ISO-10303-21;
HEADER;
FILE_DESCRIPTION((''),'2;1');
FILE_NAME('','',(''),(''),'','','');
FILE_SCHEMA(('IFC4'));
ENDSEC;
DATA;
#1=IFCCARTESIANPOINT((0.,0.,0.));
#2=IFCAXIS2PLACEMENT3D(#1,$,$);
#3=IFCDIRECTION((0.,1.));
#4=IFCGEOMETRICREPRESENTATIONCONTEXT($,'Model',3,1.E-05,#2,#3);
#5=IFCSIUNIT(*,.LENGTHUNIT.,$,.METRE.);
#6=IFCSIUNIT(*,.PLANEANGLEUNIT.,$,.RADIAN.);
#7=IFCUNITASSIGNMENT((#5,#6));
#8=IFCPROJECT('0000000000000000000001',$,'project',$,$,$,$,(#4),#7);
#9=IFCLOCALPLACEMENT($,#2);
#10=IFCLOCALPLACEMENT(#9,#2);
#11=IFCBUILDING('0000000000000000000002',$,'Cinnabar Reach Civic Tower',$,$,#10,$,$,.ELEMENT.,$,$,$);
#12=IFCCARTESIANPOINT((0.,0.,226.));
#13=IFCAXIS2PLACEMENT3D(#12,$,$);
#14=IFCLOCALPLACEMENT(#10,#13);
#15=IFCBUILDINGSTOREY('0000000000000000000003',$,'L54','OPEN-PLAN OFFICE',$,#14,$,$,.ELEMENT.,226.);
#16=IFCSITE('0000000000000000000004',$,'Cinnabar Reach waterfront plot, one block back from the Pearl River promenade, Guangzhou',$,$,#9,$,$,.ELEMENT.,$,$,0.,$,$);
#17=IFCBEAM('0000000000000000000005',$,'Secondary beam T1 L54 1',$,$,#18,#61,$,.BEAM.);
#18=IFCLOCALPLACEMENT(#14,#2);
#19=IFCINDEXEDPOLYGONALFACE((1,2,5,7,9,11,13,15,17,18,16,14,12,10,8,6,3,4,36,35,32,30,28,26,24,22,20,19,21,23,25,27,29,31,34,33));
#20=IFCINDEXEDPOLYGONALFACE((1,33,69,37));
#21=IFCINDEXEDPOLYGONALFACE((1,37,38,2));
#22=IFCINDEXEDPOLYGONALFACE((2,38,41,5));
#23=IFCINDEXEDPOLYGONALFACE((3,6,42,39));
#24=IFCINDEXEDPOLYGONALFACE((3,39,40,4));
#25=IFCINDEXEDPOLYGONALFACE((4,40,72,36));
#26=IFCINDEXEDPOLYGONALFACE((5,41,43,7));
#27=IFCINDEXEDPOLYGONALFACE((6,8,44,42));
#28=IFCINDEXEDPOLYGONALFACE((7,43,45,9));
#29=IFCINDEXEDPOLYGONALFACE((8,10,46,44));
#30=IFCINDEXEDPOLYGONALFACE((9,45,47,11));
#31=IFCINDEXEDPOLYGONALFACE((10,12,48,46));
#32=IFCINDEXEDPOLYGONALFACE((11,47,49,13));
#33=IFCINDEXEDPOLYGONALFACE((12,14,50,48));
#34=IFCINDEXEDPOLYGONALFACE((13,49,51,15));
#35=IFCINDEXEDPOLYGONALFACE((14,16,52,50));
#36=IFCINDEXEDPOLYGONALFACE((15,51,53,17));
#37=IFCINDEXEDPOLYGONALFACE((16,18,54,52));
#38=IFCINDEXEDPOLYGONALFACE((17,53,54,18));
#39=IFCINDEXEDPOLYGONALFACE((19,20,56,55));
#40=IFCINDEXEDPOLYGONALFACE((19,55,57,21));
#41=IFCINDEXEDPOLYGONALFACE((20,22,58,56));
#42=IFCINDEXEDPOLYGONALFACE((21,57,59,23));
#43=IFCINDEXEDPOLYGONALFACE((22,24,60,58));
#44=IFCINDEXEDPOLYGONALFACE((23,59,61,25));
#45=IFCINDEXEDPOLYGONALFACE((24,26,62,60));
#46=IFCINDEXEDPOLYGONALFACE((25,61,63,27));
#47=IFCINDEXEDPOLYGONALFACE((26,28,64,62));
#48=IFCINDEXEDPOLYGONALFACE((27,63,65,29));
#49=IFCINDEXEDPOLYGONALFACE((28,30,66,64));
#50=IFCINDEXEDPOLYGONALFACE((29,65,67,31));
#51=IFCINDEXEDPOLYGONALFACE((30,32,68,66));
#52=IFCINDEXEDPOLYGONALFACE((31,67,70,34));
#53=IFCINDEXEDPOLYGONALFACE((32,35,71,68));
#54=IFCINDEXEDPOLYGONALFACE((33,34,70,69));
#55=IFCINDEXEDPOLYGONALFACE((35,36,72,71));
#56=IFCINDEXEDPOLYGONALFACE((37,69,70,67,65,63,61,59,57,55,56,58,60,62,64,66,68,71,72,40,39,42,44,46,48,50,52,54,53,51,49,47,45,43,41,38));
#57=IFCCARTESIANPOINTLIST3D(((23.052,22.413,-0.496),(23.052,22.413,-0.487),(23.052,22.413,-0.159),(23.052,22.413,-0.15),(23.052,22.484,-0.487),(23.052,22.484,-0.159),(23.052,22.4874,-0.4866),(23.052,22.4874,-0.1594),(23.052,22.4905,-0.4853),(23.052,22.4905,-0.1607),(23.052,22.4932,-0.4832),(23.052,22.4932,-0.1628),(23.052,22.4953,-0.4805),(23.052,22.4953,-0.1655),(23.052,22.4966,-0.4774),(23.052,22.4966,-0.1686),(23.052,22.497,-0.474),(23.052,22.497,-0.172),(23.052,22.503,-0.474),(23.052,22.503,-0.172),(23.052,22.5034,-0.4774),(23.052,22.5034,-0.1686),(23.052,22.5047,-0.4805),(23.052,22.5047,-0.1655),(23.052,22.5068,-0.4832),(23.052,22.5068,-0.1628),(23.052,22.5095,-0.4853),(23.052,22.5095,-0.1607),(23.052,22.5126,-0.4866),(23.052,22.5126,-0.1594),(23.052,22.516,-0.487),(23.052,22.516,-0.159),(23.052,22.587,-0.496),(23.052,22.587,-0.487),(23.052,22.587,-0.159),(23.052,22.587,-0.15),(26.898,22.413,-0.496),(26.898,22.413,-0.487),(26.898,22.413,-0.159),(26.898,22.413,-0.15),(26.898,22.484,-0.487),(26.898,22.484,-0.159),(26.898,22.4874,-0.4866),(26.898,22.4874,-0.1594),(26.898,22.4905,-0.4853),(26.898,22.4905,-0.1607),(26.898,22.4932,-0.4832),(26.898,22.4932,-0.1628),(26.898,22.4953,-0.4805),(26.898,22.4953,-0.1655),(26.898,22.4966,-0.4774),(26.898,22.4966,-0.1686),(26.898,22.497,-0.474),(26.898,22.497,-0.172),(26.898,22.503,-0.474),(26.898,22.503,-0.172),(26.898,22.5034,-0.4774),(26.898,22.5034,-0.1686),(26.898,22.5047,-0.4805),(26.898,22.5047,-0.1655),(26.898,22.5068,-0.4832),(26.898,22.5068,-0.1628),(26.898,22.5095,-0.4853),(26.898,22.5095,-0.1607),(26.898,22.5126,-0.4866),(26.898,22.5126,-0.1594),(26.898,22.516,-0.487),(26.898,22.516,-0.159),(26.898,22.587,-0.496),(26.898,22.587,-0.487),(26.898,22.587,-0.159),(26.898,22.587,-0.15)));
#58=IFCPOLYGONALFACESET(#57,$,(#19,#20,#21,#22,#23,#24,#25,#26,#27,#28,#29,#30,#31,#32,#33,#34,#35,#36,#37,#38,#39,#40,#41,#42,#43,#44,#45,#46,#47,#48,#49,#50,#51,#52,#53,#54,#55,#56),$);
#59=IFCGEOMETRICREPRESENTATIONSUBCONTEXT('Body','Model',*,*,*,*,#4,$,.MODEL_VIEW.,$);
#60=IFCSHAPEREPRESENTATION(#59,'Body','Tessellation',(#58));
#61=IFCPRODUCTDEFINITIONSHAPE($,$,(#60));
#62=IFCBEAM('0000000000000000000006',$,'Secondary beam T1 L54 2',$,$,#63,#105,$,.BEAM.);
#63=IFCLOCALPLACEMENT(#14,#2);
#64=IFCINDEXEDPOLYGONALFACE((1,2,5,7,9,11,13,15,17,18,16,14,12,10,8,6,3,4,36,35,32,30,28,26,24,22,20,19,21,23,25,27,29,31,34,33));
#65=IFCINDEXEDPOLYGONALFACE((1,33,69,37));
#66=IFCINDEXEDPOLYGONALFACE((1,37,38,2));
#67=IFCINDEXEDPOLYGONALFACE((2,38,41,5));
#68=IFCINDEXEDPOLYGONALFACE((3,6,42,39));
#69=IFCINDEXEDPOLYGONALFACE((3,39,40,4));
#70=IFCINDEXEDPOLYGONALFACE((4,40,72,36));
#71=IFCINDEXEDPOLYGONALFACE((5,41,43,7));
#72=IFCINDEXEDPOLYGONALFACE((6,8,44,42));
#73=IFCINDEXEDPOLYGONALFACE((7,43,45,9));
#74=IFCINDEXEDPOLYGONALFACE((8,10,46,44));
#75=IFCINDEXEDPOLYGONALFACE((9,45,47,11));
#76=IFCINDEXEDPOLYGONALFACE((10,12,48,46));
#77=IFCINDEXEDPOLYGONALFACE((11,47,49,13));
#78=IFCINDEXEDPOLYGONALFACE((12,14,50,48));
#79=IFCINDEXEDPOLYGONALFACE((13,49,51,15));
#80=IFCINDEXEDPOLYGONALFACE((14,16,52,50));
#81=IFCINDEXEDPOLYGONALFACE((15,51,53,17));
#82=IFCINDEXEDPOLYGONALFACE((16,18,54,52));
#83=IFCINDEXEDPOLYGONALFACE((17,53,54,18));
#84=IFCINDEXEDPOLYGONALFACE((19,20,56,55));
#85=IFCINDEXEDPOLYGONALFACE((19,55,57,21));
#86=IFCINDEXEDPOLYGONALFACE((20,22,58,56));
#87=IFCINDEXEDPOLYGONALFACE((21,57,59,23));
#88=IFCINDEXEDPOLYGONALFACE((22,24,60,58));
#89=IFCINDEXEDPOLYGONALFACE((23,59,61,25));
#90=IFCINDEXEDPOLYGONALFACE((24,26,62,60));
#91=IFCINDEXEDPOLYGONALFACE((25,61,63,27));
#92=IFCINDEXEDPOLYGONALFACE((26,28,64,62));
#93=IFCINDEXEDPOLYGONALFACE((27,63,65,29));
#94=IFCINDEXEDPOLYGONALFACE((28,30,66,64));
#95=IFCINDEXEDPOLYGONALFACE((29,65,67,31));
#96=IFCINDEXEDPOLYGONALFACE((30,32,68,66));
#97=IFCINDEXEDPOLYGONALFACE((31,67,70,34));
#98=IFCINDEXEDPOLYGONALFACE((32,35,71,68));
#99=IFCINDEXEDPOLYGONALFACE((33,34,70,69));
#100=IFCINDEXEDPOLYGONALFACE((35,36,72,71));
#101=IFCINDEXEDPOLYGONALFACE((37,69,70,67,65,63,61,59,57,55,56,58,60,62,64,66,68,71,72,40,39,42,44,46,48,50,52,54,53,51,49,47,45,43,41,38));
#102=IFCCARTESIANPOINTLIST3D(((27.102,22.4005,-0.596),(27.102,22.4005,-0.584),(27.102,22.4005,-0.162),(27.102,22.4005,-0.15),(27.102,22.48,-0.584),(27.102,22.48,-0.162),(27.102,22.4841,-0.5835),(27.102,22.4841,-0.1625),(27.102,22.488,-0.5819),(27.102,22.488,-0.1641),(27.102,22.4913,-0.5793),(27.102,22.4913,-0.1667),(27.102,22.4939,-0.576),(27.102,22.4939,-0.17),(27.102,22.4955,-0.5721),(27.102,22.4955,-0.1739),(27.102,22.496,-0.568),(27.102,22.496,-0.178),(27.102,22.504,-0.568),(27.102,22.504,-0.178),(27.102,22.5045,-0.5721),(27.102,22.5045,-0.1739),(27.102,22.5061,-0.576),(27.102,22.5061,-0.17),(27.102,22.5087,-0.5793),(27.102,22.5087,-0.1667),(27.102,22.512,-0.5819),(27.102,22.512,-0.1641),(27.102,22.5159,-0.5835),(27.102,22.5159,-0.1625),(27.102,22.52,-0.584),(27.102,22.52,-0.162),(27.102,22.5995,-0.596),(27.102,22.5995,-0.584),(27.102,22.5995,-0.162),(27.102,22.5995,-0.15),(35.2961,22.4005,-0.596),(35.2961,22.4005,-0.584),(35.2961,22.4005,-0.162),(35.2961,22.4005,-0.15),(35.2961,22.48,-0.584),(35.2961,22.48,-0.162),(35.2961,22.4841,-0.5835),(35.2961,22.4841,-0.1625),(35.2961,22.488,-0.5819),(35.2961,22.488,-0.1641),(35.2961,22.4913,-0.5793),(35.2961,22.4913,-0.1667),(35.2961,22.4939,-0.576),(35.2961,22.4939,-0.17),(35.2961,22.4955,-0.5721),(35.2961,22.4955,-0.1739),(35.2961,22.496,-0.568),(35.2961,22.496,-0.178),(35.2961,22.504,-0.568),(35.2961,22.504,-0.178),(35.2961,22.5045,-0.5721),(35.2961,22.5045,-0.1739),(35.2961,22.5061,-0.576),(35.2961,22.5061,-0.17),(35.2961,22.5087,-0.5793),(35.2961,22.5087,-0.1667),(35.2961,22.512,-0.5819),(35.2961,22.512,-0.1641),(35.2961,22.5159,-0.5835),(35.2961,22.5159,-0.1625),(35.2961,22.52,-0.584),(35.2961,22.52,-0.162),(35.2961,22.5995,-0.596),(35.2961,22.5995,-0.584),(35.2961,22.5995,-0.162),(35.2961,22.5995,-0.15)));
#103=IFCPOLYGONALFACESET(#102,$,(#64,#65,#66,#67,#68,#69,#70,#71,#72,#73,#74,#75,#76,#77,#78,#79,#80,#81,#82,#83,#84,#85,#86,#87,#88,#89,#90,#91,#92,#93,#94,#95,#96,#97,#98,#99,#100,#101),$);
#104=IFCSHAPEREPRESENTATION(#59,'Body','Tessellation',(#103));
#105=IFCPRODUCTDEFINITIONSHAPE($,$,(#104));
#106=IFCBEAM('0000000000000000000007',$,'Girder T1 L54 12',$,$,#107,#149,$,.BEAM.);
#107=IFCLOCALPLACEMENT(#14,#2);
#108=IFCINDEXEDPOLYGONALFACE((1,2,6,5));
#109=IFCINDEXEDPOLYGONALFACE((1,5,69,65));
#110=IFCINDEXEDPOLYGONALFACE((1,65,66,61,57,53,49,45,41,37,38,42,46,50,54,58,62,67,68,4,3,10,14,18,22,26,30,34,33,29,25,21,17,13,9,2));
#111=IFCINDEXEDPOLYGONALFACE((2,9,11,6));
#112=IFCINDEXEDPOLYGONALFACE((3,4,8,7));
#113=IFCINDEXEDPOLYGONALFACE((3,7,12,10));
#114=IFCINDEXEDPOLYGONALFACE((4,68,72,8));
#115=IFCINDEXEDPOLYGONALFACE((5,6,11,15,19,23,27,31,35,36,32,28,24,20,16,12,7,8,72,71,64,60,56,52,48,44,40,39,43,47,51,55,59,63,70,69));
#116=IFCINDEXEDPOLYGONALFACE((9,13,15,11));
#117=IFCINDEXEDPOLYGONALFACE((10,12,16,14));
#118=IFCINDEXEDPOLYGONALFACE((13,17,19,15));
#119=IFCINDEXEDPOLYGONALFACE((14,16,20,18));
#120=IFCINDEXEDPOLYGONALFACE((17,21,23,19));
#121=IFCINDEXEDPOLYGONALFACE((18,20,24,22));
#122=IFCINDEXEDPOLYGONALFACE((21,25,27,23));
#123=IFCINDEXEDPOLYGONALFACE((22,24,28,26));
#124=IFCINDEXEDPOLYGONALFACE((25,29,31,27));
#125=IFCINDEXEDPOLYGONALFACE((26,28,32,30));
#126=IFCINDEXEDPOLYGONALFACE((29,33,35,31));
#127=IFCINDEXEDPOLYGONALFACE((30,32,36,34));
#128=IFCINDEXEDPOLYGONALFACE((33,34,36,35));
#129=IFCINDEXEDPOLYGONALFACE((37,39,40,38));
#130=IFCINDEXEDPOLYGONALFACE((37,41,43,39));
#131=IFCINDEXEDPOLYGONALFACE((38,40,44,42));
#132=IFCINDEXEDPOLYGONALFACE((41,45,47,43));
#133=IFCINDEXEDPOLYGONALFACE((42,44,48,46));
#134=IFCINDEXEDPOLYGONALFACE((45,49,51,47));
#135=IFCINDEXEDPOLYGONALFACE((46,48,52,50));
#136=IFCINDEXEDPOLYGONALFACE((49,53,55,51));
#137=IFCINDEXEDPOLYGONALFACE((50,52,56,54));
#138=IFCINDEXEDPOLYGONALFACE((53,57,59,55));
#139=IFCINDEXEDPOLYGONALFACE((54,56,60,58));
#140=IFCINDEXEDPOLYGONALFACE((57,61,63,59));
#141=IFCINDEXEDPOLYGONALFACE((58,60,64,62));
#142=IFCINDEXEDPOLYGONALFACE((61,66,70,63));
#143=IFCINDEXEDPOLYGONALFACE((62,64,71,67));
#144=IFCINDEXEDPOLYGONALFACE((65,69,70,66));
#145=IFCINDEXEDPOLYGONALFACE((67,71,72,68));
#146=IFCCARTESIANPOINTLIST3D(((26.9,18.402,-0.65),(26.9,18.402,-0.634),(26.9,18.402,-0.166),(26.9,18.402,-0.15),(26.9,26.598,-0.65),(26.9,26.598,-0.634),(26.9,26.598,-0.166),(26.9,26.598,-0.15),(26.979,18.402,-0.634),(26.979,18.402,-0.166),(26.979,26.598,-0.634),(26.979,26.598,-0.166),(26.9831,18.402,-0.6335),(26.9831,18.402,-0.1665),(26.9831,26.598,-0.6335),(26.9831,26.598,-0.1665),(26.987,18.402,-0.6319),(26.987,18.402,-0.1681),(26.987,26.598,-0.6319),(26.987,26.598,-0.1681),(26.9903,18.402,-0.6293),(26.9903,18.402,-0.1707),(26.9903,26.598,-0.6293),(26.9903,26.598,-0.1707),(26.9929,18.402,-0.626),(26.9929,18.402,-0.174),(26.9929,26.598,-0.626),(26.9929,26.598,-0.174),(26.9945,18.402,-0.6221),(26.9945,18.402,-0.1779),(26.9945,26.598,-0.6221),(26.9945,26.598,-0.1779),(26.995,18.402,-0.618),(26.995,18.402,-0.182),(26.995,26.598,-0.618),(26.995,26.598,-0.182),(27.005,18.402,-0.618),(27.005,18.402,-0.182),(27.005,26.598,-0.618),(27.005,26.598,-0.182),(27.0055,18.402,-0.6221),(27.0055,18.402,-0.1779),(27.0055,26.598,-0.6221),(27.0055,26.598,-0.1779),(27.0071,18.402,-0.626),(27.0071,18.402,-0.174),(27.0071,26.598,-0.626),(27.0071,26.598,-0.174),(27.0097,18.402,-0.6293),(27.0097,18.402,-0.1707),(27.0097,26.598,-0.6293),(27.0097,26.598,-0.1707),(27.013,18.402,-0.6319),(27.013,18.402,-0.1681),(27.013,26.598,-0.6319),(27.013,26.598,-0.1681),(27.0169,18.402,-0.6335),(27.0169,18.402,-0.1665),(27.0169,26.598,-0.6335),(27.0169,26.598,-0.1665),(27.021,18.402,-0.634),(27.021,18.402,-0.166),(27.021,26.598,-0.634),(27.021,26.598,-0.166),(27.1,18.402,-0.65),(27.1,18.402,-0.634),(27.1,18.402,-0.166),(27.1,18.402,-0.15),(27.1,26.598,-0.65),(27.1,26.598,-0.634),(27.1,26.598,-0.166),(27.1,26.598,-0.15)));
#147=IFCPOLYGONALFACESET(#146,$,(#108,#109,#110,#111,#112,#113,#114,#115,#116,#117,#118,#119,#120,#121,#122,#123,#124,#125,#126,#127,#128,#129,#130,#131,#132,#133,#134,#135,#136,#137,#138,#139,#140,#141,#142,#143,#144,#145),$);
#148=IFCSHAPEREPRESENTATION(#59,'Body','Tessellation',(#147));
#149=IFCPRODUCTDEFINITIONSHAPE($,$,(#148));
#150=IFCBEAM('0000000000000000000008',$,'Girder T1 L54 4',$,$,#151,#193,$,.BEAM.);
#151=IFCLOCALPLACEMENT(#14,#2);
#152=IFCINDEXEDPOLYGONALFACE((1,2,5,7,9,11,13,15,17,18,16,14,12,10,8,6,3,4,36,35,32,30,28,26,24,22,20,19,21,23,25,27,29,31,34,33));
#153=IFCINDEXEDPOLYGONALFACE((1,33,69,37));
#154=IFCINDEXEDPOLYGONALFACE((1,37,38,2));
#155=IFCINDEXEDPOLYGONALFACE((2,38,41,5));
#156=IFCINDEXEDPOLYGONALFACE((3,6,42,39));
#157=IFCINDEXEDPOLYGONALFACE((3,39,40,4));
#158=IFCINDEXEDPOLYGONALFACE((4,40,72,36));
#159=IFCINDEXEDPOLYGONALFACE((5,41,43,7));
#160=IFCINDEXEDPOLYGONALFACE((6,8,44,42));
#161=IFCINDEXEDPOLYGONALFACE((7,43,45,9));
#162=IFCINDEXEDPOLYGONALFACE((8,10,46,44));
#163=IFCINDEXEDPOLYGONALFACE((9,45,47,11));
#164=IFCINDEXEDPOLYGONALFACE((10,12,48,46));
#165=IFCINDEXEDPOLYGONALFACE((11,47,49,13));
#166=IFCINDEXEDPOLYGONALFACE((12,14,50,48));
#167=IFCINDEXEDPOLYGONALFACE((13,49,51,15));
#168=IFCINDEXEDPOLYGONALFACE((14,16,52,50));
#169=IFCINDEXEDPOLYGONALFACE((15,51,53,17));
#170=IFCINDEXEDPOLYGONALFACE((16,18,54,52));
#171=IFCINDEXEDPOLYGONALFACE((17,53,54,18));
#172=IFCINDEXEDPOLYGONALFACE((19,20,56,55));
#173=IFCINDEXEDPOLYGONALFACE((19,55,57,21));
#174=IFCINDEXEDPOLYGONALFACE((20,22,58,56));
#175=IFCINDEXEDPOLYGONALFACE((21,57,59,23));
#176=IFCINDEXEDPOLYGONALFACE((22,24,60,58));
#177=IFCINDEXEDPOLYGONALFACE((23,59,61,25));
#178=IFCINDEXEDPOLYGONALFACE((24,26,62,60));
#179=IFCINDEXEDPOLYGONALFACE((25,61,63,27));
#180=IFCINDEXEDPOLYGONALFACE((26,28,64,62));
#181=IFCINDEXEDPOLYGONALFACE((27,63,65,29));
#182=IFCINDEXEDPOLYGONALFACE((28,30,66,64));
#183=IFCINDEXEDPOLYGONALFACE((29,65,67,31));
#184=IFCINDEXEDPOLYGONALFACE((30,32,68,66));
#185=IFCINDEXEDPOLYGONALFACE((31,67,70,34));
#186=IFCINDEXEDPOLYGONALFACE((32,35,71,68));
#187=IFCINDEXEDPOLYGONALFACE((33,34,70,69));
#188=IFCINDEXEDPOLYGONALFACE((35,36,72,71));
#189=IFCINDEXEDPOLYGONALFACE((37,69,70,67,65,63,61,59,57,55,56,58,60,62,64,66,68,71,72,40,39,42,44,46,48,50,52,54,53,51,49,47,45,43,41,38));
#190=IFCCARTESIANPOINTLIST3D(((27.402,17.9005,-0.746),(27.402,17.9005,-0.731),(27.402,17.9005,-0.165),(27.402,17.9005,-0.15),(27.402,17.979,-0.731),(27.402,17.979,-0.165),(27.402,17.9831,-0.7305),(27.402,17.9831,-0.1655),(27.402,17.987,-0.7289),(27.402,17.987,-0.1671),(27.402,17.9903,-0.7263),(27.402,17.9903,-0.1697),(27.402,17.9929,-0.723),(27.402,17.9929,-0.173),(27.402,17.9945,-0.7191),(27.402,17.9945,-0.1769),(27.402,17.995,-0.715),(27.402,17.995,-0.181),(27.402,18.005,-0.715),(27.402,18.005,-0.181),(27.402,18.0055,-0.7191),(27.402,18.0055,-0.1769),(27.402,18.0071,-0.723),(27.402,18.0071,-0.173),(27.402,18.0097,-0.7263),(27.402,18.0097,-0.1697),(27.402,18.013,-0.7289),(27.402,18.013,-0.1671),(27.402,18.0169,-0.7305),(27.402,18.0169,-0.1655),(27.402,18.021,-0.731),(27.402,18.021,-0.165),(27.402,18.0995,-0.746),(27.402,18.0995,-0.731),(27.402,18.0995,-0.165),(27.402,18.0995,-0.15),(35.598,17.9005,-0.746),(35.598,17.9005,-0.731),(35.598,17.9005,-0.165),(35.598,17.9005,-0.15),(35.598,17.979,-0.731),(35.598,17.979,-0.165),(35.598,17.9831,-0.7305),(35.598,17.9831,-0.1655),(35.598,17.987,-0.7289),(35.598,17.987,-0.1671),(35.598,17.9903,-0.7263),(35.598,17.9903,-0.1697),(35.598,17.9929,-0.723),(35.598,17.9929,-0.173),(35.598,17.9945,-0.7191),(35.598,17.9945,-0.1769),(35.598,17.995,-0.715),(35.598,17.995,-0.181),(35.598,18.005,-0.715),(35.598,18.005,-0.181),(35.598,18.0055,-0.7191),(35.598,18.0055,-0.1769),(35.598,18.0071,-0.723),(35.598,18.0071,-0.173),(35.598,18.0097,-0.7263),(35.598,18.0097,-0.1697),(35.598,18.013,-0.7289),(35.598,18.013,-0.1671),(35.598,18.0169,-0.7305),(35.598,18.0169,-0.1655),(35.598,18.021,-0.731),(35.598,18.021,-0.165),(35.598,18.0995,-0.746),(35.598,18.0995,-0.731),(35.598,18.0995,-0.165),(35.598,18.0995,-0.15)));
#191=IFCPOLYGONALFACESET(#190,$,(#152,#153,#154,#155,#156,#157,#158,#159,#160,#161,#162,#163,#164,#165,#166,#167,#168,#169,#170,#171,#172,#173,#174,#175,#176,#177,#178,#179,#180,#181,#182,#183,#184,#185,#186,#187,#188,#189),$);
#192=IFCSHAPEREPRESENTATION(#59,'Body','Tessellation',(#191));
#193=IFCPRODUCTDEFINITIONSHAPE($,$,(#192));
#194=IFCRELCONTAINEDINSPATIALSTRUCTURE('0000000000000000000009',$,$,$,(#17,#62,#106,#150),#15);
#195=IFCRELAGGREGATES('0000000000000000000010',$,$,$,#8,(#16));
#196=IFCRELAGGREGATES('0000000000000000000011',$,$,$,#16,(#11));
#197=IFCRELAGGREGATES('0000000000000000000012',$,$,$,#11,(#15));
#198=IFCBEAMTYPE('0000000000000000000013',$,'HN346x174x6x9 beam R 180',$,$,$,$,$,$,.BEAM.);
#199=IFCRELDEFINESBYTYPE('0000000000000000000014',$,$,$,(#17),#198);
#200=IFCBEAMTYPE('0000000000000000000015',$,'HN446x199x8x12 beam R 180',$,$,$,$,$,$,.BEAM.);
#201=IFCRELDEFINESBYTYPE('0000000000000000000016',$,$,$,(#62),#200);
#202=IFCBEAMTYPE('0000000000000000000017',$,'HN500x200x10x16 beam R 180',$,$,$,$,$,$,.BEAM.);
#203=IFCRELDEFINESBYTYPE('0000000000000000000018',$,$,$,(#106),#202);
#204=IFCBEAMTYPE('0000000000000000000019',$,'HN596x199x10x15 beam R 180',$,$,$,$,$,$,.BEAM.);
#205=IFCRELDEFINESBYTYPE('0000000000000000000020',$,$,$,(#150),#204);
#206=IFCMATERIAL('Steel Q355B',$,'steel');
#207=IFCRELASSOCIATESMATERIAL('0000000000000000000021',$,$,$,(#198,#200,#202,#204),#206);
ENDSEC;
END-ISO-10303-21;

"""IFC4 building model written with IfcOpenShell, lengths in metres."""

from ifc_helpers import new_model, si_unit, direction, frame, origin, origin_2d, place, context, subcontext, project, spatial, i_section, extrude, material, material_profile, profile_set, type_object, element, save


model = new_model("IFC4")

# Units and contexts
model_context = context("Model", 3, precision=1e-05, world=origin(), true_north=direction((0.0, 1.0)))
body_context = subcontext(model_context, "Body", "Model", "MODEL_VIEW")
ifc_project = project(units=[si_unit("LENGTHUNIT", "METRE"), si_unit("PLANEANGLEUNIT", "RADIAN")], contexts=[model_context])

# Site, building, storey
site_placement = place(None, origin())
site = spatial("IfcSite", under=ifc_project, at=site_placement, Name="Cinnabar Reach waterfront plot, one block back from the Pearl River promenade, Guangzhou", CompositionType="ELEMENT", RefElevation=0.0)
building_placement = place(site_placement, origin())
building = spatial("IfcBuilding", under=site, at=building_placement, Name="Cinnabar Reach Civic Tower", CompositionType="ELEMENT")
storey_placement = place(building_placement, frame((0.0, 0.0, 226.0)))
storey = spatial("IfcBuildingStorey", under=building, at=storey_placement, Name="L54", Description="OPEN-PLAN OFFICE", CompositionType="ELEMENT", Elevation=226.0)

# Beams
ifc_material_1 = material(Name="Steel Q355B", Category="steel")
ifc_material_profile_1 = material_profile(ifc_material_1, i_section(OverallWidth=0.174, OverallDepth=0.346, WebThickness=0.006, FlangeThickness=0.009, FilletRadius=0.013, at=origin_2d()), Name="HN346x174x6x9")
ifc_profile_set_1 = profile_set([ifc_material_profile_1], Name="Steel Q355B")
beam_type_1 = type_object("IfcBeamType", Name="HN346x174x6x9 beam R 180", PredefinedType="BEAM", material=ifc_profile_set_1)
beam_1_placement = place(storey_placement, frame((23.052, 22.5, -0.323), z_axis=(1.0, 0.0, 0.0), x_axis=(0.0, 1.0, 0.0)))
element("IfcBeam", 1, at=beam_1_placement, inside=storey, type_object=beam_type_1, Name="Secondary beam T1 L54 1", PredefinedType="BEAM", context=body_context, shape_type="SweptSolid", body=[
    extrude(i_section(OverallWidth=0.174, OverallDepth=0.346, WebThickness=0.006, FlangeThickness=0.009, FilletRadius=0.013, at=origin_2d()), origin(), (0.0, 0.0, 1.0), 3.846),
])
ifc_material_profile_2 = material_profile(ifc_material_1, i_section(OverallWidth=0.199, OverallDepth=0.446, WebThickness=0.008, FlangeThickness=0.012, FilletRadius=0.016, at=origin_2d()), Name="HN446x199x8x12")
ifc_profile_set_2 = profile_set([ifc_material_profile_2], Name="Steel Q355B")
beam_type_2 = type_object("IfcBeamType", Name="HN446x199x8x12 beam R 180", PredefinedType="BEAM", material=ifc_profile_set_2)
beam_2_placement = place(storey_placement, frame((27.102, 22.5, -0.373), z_axis=(1.0, 0.0, 0.0), x_axis=(0.0, 1.0, 0.0)))
element("IfcBeam", 2, at=beam_2_placement, inside=storey, type_object=beam_type_2, Name="Secondary beam T1 L54 2", PredefinedType="BEAM", context=body_context, shape_type="SweptSolid", body=[
    extrude(i_section(OverallWidth=0.199, OverallDepth=0.446, WebThickness=0.008, FlangeThickness=0.012, FilletRadius=0.016, at=origin_2d()), origin(), (0.0, 0.0, 1.0), 8.1941),
])
ifc_material_profile_3 = material_profile(ifc_material_1, i_section(OverallWidth=0.2, OverallDepth=0.5, WebThickness=0.01, FlangeThickness=0.016, FilletRadius=0.016, at=origin_2d()), Name="HN500x200x10x16")
ifc_profile_set_3 = profile_set([ifc_material_profile_3], Name="Steel Q355B")
beam_type_3 = type_object("IfcBeamType", Name="HN500x200x10x16 beam R 180", PredefinedType="BEAM", material=ifc_profile_set_3)
beam_3_placement = place(storey_placement, frame((27.0, 18.402, -0.4), z_axis=(0.0, 1.0, 0.0), x_axis=(-1.0, 0.0, 0.0)))
element("IfcBeam", 3, at=beam_3_placement, inside=storey, type_object=beam_type_3, Name="Girder T1 L54 12", PredefinedType="BEAM", context=body_context, shape_type="SweptSolid", body=[
    extrude(i_section(OverallWidth=0.2, OverallDepth=0.5, WebThickness=0.01, FlangeThickness=0.016, FilletRadius=0.016, at=origin_2d()), origin(), (0.0, 0.0, 1.0), 8.196),
])
ifc_material_profile_4 = material_profile(ifc_material_1, i_section(OverallWidth=0.199, OverallDepth=0.596, WebThickness=0.01, FlangeThickness=0.015, FilletRadius=0.016, at=origin_2d()), Name="HN596x199x10x15")
ifc_profile_set_4 = profile_set([ifc_material_profile_4], Name="Steel Q355B")
beam_type_4 = type_object("IfcBeamType", Name="HN596x199x10x15 beam R 180", PredefinedType="BEAM", material=ifc_profile_set_4)
beam_4_placement = place(storey_placement, frame((27.402, 18.0, -0.448), z_axis=(1.0, 0.0, 0.0), x_axis=(0.0, 1.0, 0.0)))
element("IfcBeam", 4, at=beam_4_placement, inside=storey, type_object=beam_type_4, Name="Girder T1 L54 4", PredefinedType="BEAM", context=body_context, shape_type="SweptSolid", body=[
    extrude(i_section(OverallWidth=0.199, OverallDepth=0.596, WebThickness=0.01, FlangeThickness=0.015, FilletRadius=0.016, at=origin_2d()), origin(), (0.0, 0.0, 1.0), 8.196),
])

save(model, "model.ifc")
